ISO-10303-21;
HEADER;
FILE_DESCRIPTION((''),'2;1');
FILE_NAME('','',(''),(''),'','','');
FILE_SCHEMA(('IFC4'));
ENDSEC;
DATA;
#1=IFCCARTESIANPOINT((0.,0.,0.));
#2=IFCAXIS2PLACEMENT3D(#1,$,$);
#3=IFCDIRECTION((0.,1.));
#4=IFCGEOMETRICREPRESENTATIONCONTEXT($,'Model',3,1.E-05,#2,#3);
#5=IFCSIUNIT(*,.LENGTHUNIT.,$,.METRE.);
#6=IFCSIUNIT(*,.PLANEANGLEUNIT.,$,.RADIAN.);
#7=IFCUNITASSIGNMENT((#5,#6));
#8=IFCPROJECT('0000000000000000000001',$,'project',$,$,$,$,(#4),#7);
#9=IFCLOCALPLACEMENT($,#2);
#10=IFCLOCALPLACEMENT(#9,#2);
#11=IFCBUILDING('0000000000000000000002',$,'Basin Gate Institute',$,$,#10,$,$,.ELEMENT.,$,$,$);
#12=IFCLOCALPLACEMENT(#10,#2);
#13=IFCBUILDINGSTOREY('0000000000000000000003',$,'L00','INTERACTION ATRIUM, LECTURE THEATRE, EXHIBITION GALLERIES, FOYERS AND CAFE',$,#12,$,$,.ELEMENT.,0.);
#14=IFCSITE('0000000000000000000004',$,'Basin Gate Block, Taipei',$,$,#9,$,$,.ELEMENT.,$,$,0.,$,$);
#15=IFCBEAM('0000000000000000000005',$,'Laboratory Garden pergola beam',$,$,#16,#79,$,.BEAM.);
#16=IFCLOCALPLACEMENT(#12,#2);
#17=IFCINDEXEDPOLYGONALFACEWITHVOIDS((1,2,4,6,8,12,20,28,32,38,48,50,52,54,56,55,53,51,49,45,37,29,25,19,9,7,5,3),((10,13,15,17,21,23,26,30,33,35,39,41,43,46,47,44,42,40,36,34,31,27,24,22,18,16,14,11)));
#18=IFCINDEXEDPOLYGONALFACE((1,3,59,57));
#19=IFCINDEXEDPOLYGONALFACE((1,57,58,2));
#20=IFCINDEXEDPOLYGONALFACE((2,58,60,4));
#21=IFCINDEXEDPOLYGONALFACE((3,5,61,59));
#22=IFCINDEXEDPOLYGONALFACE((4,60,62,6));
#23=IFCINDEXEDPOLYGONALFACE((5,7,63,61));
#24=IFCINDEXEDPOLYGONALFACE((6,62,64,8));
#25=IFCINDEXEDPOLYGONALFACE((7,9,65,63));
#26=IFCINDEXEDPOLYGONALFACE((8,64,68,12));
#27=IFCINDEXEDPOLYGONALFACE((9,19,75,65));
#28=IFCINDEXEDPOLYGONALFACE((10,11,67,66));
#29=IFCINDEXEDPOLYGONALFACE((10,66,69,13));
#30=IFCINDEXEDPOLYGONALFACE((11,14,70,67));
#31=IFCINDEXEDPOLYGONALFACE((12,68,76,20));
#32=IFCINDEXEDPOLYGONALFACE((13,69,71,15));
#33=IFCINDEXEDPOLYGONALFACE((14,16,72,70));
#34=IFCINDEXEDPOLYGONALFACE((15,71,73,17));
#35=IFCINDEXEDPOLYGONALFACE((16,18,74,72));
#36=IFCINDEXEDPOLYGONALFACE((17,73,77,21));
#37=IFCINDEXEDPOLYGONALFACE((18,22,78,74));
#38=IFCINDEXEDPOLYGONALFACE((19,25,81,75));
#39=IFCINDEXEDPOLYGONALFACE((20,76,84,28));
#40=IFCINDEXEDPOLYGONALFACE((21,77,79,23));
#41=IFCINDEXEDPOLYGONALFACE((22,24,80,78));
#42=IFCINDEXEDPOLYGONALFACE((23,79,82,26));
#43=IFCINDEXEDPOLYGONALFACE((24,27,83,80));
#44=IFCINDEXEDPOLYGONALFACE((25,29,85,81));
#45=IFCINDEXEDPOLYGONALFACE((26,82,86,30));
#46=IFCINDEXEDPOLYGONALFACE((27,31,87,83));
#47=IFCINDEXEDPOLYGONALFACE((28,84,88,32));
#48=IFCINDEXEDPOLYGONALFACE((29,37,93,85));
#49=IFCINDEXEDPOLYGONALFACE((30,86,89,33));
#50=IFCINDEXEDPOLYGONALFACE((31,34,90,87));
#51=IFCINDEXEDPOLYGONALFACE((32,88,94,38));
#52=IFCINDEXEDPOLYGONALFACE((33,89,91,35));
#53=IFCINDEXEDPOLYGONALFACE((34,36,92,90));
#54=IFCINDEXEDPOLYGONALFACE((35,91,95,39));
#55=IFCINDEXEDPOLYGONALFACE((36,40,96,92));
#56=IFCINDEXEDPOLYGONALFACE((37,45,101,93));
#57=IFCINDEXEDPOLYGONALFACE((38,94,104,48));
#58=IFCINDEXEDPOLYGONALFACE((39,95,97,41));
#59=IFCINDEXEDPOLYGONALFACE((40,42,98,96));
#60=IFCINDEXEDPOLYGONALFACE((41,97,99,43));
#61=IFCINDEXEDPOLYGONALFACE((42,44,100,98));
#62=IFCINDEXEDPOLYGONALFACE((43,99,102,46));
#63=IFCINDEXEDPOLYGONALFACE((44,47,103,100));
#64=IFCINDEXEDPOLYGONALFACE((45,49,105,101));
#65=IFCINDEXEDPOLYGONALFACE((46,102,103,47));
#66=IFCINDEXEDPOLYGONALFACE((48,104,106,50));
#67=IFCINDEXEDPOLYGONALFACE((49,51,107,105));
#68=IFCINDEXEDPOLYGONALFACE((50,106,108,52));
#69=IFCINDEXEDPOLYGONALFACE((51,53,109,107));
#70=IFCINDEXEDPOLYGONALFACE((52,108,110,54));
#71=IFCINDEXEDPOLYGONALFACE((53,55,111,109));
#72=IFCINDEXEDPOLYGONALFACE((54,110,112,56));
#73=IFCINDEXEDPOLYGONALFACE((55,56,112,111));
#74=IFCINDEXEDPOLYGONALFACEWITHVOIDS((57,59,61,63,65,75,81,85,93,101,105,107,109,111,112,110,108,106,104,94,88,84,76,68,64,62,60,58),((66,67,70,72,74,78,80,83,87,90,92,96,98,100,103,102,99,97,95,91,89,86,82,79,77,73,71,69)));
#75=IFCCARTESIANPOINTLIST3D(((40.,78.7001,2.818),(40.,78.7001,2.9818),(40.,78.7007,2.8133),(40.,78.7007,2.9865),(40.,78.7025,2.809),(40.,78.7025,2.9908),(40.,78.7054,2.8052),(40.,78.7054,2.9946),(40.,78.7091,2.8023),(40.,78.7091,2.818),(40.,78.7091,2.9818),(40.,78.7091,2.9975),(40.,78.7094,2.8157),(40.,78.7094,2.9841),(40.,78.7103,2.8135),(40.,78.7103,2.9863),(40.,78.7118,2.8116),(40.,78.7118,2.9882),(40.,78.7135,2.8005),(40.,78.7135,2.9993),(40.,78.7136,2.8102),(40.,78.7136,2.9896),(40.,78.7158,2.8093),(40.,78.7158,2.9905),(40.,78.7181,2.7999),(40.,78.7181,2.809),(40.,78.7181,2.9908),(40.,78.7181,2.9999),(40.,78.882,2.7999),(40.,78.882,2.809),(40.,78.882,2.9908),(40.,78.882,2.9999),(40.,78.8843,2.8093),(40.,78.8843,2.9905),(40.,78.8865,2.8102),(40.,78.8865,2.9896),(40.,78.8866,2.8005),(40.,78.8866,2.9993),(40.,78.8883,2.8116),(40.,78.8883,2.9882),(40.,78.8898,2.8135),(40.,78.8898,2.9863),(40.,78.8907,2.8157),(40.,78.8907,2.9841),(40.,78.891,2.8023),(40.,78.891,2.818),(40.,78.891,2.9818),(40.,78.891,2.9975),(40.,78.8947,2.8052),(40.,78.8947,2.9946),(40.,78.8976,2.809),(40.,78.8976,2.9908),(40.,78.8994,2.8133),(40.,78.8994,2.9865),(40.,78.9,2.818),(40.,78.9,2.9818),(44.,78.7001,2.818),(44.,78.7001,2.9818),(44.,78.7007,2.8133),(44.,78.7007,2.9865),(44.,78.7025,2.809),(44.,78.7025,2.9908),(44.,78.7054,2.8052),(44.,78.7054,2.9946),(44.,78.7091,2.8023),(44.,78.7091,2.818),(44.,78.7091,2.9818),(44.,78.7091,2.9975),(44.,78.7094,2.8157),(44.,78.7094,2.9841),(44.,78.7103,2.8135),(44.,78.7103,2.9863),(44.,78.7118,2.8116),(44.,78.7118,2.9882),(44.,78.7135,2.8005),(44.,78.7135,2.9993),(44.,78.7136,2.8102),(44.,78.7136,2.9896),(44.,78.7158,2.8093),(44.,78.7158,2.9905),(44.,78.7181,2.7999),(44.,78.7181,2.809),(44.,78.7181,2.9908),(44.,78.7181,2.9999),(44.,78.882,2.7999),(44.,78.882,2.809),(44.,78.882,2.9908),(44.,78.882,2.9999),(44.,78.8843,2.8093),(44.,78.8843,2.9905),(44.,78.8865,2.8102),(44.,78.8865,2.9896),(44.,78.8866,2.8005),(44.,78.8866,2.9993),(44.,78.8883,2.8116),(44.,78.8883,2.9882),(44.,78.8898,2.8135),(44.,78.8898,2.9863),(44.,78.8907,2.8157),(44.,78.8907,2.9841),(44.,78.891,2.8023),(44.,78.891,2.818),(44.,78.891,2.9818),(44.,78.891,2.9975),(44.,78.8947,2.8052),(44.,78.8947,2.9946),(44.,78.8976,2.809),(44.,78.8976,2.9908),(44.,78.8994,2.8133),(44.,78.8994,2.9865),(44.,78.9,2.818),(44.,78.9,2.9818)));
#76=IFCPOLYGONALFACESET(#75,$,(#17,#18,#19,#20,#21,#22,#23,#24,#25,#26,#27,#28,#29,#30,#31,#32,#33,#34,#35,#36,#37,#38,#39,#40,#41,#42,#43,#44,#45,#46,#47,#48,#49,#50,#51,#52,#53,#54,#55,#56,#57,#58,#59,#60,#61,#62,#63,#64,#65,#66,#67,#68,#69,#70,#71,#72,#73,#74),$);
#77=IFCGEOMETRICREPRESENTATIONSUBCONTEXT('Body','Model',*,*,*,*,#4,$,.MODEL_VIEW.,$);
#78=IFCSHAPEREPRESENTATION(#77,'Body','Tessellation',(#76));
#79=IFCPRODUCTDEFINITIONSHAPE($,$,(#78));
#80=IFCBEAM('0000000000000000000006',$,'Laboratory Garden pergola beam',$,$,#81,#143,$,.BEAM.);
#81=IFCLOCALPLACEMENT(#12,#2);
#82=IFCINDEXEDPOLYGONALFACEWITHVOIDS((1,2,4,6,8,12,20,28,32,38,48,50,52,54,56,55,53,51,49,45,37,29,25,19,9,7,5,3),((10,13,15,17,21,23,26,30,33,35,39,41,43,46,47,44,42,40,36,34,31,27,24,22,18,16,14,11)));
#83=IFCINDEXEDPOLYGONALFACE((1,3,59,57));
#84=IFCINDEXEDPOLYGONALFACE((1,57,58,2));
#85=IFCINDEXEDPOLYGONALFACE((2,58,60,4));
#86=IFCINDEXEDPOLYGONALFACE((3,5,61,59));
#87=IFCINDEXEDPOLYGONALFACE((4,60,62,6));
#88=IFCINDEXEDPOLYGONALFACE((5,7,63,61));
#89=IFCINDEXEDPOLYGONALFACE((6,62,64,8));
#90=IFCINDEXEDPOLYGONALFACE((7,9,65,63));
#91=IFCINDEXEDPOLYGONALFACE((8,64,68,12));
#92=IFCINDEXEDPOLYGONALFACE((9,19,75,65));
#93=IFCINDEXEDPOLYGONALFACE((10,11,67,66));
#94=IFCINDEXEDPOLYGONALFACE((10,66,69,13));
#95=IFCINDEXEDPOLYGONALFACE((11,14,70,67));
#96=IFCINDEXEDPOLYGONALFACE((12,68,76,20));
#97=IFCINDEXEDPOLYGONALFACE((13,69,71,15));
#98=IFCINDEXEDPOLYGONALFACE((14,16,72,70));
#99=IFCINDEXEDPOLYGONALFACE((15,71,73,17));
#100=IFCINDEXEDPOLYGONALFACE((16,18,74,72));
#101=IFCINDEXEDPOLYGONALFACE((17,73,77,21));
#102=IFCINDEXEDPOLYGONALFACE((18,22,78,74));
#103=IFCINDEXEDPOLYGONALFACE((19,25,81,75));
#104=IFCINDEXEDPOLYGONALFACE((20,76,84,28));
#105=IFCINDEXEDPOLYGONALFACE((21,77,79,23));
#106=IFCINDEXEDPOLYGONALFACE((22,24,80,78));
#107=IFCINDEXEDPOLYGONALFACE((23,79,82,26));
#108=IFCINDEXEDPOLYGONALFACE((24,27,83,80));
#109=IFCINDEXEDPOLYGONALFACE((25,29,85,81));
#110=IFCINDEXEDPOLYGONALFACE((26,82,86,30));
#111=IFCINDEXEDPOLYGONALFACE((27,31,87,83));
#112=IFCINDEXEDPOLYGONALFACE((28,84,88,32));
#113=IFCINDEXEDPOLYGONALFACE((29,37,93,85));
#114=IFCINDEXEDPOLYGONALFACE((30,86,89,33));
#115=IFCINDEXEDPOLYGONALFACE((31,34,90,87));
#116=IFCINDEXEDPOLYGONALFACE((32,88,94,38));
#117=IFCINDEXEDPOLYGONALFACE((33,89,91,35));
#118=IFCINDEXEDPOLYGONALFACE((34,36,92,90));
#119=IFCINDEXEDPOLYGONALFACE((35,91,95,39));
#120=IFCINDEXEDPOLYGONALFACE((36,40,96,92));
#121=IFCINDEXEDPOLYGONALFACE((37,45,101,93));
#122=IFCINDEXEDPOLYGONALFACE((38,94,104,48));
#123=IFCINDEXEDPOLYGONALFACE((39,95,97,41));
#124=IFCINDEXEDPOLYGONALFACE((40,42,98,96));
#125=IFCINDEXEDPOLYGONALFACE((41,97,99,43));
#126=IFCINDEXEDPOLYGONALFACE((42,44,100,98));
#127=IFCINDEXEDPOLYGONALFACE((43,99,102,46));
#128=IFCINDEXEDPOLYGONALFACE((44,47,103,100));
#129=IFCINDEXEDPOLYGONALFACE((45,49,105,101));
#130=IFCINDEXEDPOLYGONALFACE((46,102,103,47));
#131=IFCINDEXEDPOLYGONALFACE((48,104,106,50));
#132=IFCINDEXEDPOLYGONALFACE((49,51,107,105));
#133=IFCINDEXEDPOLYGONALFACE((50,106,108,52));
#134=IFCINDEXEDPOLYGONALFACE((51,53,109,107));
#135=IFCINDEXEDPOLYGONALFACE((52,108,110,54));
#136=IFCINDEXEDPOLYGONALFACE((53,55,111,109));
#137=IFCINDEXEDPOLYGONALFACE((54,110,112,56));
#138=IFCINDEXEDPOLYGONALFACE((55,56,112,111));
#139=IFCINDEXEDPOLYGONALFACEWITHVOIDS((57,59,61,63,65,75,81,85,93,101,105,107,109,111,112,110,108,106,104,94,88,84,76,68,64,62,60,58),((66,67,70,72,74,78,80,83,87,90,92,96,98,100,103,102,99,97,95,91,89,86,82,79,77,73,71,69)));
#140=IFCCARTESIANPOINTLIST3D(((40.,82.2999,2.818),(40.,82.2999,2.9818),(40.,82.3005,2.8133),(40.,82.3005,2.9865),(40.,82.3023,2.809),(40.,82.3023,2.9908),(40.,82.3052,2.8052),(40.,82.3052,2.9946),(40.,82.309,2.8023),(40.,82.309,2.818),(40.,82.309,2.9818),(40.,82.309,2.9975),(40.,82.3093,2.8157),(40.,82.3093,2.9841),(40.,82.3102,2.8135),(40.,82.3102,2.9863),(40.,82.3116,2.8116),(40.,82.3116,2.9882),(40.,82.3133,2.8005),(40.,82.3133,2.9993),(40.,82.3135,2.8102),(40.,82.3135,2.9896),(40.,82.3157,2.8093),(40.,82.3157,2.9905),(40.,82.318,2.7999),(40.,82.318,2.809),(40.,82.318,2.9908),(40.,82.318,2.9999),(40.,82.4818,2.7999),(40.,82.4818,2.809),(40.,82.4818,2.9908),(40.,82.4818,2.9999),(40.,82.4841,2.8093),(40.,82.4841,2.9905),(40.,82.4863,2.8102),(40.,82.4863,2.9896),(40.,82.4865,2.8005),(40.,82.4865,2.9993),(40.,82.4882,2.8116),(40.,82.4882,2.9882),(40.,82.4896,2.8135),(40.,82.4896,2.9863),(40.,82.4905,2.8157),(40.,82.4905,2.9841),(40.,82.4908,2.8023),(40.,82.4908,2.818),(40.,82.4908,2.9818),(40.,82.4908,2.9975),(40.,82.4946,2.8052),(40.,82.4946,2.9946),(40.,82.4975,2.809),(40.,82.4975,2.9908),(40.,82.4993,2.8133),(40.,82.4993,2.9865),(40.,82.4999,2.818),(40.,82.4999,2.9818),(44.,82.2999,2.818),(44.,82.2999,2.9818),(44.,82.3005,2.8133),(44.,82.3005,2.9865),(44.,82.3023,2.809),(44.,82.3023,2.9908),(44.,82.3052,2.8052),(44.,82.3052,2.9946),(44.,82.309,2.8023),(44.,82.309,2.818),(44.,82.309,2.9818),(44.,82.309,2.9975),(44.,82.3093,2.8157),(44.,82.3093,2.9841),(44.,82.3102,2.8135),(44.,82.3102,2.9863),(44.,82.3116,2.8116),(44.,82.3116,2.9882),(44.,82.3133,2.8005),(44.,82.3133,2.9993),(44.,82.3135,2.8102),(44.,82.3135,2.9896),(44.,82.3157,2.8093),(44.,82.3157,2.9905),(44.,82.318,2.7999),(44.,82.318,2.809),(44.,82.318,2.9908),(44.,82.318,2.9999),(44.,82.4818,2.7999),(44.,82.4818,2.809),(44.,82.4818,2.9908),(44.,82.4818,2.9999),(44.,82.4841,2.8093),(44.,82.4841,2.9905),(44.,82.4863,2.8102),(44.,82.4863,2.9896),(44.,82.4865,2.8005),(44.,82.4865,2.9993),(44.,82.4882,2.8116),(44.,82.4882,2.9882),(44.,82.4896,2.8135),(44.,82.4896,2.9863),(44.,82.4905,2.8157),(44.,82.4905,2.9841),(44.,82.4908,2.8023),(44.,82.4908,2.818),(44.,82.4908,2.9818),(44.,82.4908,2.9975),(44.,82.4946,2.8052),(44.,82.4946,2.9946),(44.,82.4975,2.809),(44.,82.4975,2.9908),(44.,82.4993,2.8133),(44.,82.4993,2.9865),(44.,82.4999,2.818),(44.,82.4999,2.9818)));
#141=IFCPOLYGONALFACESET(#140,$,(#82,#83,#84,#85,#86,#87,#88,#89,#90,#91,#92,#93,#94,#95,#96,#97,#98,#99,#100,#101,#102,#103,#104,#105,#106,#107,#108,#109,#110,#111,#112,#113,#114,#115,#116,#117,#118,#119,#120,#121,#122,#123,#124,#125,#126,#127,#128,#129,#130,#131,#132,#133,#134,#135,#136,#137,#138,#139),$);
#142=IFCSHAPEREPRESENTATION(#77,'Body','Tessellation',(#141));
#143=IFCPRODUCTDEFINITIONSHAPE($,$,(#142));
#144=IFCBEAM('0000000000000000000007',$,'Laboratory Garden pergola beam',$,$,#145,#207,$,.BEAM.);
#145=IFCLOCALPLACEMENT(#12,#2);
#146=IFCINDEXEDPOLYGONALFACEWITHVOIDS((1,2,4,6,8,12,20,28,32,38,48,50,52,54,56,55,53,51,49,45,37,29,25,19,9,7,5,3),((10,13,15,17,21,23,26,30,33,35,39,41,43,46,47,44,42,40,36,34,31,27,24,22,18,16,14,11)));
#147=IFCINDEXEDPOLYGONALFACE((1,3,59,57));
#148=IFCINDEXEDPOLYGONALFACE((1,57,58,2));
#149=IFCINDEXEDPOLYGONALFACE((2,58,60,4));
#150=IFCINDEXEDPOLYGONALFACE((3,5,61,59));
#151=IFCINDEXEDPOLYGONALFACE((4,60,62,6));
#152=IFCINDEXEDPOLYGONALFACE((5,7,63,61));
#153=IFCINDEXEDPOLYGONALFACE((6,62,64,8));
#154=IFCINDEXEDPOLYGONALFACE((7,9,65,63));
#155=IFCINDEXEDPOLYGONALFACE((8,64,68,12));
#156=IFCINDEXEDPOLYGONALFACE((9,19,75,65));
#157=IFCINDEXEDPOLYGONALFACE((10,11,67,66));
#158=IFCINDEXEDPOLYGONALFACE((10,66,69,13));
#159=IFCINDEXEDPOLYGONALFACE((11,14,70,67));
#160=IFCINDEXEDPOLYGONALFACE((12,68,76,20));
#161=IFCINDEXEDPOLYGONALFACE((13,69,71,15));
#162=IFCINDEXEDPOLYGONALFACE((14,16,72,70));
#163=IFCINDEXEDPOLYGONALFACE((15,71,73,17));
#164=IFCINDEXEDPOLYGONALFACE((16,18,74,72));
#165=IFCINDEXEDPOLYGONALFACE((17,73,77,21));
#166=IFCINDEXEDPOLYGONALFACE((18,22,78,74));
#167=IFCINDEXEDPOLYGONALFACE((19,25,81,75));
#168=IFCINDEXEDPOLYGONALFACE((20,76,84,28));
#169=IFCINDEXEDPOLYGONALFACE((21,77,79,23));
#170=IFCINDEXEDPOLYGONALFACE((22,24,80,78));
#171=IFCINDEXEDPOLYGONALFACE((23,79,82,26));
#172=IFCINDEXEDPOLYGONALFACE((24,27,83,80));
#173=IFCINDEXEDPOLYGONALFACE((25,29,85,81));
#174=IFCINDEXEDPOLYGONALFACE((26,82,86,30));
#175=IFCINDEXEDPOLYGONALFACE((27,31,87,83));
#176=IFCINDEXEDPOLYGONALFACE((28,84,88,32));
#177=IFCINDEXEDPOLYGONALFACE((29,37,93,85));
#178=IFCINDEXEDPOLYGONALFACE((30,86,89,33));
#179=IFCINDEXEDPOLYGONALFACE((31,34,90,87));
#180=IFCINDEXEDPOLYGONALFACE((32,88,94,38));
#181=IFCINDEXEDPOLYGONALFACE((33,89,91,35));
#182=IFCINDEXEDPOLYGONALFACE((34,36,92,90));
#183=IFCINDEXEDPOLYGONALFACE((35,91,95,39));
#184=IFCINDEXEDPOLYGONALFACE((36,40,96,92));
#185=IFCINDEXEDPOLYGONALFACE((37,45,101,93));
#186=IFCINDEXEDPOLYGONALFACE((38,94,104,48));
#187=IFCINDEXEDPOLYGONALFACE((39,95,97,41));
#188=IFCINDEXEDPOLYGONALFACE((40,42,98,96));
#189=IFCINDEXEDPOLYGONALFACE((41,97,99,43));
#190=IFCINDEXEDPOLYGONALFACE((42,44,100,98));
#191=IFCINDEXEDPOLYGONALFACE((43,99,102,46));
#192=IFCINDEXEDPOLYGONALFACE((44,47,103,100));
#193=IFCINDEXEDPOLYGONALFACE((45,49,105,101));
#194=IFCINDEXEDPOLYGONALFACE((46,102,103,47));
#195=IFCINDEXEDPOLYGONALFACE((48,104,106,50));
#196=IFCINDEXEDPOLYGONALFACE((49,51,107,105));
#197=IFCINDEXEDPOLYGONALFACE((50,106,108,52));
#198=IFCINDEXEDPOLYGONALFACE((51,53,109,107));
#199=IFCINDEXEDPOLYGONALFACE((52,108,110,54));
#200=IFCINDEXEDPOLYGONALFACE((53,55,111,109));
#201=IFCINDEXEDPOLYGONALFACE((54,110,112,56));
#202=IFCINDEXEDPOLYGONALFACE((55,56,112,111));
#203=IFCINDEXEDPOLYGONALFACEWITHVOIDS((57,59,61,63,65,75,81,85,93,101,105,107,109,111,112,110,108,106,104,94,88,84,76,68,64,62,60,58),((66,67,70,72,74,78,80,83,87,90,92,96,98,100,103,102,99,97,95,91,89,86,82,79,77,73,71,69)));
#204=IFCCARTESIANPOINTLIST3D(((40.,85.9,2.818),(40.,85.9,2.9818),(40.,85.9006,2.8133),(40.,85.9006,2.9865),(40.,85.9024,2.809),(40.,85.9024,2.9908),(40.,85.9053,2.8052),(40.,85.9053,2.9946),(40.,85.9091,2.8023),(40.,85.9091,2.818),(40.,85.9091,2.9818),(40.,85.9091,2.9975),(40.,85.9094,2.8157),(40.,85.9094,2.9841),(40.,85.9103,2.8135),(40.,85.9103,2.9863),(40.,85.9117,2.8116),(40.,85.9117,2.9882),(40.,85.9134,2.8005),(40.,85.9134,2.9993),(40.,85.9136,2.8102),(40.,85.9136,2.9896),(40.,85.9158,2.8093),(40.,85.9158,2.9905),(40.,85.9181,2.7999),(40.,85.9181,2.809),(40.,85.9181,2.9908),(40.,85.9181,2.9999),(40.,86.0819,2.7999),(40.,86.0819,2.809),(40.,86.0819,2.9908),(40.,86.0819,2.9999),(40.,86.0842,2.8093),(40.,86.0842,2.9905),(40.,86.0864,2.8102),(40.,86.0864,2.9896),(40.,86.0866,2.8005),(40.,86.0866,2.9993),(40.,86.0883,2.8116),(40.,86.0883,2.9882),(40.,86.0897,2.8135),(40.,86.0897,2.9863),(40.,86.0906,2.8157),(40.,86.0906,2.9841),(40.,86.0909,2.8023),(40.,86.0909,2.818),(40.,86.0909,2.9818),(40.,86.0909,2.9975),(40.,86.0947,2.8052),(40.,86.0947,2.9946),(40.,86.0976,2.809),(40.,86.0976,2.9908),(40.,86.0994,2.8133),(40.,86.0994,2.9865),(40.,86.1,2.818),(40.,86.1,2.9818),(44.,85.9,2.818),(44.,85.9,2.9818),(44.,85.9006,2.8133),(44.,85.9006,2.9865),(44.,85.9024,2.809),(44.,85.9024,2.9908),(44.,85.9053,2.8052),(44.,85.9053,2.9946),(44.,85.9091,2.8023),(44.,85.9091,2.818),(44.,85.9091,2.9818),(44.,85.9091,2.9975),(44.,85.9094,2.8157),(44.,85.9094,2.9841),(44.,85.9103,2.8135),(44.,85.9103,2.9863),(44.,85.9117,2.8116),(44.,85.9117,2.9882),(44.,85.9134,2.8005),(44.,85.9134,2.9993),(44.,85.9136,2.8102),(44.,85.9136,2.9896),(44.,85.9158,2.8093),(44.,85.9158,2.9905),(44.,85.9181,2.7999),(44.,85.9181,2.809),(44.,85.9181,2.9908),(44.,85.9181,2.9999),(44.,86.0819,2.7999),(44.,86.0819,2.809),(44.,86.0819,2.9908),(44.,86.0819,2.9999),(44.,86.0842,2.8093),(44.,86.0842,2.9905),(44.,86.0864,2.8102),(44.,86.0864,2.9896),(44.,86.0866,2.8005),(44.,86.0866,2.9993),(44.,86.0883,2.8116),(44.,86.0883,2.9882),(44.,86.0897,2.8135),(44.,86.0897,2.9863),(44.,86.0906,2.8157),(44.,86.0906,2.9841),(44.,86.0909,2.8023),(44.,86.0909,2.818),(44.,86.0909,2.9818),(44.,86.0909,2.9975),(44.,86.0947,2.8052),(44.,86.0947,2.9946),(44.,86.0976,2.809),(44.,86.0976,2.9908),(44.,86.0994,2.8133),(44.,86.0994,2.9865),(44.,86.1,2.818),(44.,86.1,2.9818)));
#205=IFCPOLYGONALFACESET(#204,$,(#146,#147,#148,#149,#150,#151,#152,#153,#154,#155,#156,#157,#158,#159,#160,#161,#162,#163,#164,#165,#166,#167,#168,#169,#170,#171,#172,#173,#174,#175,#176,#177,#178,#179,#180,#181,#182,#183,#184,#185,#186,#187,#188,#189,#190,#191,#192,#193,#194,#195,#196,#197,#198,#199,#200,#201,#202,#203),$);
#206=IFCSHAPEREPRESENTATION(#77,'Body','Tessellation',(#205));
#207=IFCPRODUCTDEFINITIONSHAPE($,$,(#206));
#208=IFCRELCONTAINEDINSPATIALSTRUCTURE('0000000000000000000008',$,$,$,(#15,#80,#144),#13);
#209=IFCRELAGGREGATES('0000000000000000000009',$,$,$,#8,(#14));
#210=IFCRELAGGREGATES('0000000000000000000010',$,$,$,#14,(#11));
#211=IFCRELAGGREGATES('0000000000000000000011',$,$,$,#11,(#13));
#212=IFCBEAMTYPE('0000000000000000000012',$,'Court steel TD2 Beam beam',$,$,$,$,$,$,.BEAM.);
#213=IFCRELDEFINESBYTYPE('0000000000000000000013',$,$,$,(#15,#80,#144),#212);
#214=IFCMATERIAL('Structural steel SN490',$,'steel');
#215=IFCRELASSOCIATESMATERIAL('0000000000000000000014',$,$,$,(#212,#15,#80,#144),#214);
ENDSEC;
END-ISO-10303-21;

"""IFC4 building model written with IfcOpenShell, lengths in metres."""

from ifc_helpers import new_model, si_unit, direction, frame, origin, origin_2d, place, context, subcontext, project, spatial, hollow_rectangle, extrude, material, material_profile, profile_set, type_object, element, save


model = new_model("IFC4")

# Units and contexts
model_context = context("Model", 3, precision=1e-05, world=origin(), true_north=direction((0.0, 1.0)))
body_context = subcontext(model_context, "Body", "Model", "MODEL_VIEW")
ifc_project = project(units=[si_unit("LENGTHUNIT", "METRE"), si_unit("PLANEANGLEUNIT", "RADIAN")], contexts=[model_context])

# Site, building, storey
site_placement = place(None, origin())
site = spatial("IfcSite", under=ifc_project, at=site_placement, Name="Basin Gate Block, Taipei", CompositionType="ELEMENT", RefElevation=0.0)
building_placement = place(site_placement, origin())
building = spatial("IfcBuilding", under=site, at=building_placement, Name="Basin Gate Institute", CompositionType="ELEMENT")
storey_placement = place(building_placement, origin())
storey = spatial("IfcBuildingStorey", under=building, at=storey_placement, Name="L00", Description="INTERACTION ATRIUM, LECTURE THEATRE, EXHIBITION GALLERIES, FOYERS AND CAFE", CompositionType="ELEMENT", Elevation=0.0)

# Beams
ifc_material_1 = material(Name="Structural steel SN490", Category="steel")
ifc_material_profile_1 = material_profile(ifc_material_1, hollow_rectangle(XDim=0.2, YDim=0.2, WallThickness=0.009, InnerFilletRadius=0.009, OuterFilletRadius=0.0181, at=origin_2d()), Name="RHS200x200x9")
ifc_profile_set_1 = profile_set([ifc_material_profile_1], Name="Structural steel SN490")
beam_type = type_object("IfcBeamType", Name="Court steel TD2 Beam beam", PredefinedType="BEAM", material=ifc_profile_set_1)
for number, where, z_axis, x_axis, name in (
    (1, (40.0, 78.8, 2.8999), (1.0, 0.0, 0.0), (0.0, 1.0, 0.0), "Laboratory Garden pergola beam"),
    (2, (40.0, 82.3999, 2.8999), (1.0, 0.0, 0.0), (0.0, 1.0, 0.0), "Laboratory Garden pergola beam"),
    (3, (40.0, 86.0, 2.8999), (1.0, 0.0, 0.0), (0.0, 1.0, 0.0), "Laboratory Garden pergola beam"),
):
    element("IfcBeam", number, at=place(storey_placement, frame(where, z_axis=z_axis, x_axis=x_axis)), inside=storey, type_object=beam_type, material=ifc_profile_set_1, Name=name, PredefinedType="BEAM", context=body_context, shape_type="SweptSolid", body=[
        extrude(hollow_rectangle(XDim=0.2, YDim=0.2, WallThickness=0.009, InnerFilletRadius=0.009, OuterFilletRadius=0.0181, at=origin_2d()), origin(), (0.0, 0.0, 1.0), 4.0),
    ])

save(model, "model.ifc")
